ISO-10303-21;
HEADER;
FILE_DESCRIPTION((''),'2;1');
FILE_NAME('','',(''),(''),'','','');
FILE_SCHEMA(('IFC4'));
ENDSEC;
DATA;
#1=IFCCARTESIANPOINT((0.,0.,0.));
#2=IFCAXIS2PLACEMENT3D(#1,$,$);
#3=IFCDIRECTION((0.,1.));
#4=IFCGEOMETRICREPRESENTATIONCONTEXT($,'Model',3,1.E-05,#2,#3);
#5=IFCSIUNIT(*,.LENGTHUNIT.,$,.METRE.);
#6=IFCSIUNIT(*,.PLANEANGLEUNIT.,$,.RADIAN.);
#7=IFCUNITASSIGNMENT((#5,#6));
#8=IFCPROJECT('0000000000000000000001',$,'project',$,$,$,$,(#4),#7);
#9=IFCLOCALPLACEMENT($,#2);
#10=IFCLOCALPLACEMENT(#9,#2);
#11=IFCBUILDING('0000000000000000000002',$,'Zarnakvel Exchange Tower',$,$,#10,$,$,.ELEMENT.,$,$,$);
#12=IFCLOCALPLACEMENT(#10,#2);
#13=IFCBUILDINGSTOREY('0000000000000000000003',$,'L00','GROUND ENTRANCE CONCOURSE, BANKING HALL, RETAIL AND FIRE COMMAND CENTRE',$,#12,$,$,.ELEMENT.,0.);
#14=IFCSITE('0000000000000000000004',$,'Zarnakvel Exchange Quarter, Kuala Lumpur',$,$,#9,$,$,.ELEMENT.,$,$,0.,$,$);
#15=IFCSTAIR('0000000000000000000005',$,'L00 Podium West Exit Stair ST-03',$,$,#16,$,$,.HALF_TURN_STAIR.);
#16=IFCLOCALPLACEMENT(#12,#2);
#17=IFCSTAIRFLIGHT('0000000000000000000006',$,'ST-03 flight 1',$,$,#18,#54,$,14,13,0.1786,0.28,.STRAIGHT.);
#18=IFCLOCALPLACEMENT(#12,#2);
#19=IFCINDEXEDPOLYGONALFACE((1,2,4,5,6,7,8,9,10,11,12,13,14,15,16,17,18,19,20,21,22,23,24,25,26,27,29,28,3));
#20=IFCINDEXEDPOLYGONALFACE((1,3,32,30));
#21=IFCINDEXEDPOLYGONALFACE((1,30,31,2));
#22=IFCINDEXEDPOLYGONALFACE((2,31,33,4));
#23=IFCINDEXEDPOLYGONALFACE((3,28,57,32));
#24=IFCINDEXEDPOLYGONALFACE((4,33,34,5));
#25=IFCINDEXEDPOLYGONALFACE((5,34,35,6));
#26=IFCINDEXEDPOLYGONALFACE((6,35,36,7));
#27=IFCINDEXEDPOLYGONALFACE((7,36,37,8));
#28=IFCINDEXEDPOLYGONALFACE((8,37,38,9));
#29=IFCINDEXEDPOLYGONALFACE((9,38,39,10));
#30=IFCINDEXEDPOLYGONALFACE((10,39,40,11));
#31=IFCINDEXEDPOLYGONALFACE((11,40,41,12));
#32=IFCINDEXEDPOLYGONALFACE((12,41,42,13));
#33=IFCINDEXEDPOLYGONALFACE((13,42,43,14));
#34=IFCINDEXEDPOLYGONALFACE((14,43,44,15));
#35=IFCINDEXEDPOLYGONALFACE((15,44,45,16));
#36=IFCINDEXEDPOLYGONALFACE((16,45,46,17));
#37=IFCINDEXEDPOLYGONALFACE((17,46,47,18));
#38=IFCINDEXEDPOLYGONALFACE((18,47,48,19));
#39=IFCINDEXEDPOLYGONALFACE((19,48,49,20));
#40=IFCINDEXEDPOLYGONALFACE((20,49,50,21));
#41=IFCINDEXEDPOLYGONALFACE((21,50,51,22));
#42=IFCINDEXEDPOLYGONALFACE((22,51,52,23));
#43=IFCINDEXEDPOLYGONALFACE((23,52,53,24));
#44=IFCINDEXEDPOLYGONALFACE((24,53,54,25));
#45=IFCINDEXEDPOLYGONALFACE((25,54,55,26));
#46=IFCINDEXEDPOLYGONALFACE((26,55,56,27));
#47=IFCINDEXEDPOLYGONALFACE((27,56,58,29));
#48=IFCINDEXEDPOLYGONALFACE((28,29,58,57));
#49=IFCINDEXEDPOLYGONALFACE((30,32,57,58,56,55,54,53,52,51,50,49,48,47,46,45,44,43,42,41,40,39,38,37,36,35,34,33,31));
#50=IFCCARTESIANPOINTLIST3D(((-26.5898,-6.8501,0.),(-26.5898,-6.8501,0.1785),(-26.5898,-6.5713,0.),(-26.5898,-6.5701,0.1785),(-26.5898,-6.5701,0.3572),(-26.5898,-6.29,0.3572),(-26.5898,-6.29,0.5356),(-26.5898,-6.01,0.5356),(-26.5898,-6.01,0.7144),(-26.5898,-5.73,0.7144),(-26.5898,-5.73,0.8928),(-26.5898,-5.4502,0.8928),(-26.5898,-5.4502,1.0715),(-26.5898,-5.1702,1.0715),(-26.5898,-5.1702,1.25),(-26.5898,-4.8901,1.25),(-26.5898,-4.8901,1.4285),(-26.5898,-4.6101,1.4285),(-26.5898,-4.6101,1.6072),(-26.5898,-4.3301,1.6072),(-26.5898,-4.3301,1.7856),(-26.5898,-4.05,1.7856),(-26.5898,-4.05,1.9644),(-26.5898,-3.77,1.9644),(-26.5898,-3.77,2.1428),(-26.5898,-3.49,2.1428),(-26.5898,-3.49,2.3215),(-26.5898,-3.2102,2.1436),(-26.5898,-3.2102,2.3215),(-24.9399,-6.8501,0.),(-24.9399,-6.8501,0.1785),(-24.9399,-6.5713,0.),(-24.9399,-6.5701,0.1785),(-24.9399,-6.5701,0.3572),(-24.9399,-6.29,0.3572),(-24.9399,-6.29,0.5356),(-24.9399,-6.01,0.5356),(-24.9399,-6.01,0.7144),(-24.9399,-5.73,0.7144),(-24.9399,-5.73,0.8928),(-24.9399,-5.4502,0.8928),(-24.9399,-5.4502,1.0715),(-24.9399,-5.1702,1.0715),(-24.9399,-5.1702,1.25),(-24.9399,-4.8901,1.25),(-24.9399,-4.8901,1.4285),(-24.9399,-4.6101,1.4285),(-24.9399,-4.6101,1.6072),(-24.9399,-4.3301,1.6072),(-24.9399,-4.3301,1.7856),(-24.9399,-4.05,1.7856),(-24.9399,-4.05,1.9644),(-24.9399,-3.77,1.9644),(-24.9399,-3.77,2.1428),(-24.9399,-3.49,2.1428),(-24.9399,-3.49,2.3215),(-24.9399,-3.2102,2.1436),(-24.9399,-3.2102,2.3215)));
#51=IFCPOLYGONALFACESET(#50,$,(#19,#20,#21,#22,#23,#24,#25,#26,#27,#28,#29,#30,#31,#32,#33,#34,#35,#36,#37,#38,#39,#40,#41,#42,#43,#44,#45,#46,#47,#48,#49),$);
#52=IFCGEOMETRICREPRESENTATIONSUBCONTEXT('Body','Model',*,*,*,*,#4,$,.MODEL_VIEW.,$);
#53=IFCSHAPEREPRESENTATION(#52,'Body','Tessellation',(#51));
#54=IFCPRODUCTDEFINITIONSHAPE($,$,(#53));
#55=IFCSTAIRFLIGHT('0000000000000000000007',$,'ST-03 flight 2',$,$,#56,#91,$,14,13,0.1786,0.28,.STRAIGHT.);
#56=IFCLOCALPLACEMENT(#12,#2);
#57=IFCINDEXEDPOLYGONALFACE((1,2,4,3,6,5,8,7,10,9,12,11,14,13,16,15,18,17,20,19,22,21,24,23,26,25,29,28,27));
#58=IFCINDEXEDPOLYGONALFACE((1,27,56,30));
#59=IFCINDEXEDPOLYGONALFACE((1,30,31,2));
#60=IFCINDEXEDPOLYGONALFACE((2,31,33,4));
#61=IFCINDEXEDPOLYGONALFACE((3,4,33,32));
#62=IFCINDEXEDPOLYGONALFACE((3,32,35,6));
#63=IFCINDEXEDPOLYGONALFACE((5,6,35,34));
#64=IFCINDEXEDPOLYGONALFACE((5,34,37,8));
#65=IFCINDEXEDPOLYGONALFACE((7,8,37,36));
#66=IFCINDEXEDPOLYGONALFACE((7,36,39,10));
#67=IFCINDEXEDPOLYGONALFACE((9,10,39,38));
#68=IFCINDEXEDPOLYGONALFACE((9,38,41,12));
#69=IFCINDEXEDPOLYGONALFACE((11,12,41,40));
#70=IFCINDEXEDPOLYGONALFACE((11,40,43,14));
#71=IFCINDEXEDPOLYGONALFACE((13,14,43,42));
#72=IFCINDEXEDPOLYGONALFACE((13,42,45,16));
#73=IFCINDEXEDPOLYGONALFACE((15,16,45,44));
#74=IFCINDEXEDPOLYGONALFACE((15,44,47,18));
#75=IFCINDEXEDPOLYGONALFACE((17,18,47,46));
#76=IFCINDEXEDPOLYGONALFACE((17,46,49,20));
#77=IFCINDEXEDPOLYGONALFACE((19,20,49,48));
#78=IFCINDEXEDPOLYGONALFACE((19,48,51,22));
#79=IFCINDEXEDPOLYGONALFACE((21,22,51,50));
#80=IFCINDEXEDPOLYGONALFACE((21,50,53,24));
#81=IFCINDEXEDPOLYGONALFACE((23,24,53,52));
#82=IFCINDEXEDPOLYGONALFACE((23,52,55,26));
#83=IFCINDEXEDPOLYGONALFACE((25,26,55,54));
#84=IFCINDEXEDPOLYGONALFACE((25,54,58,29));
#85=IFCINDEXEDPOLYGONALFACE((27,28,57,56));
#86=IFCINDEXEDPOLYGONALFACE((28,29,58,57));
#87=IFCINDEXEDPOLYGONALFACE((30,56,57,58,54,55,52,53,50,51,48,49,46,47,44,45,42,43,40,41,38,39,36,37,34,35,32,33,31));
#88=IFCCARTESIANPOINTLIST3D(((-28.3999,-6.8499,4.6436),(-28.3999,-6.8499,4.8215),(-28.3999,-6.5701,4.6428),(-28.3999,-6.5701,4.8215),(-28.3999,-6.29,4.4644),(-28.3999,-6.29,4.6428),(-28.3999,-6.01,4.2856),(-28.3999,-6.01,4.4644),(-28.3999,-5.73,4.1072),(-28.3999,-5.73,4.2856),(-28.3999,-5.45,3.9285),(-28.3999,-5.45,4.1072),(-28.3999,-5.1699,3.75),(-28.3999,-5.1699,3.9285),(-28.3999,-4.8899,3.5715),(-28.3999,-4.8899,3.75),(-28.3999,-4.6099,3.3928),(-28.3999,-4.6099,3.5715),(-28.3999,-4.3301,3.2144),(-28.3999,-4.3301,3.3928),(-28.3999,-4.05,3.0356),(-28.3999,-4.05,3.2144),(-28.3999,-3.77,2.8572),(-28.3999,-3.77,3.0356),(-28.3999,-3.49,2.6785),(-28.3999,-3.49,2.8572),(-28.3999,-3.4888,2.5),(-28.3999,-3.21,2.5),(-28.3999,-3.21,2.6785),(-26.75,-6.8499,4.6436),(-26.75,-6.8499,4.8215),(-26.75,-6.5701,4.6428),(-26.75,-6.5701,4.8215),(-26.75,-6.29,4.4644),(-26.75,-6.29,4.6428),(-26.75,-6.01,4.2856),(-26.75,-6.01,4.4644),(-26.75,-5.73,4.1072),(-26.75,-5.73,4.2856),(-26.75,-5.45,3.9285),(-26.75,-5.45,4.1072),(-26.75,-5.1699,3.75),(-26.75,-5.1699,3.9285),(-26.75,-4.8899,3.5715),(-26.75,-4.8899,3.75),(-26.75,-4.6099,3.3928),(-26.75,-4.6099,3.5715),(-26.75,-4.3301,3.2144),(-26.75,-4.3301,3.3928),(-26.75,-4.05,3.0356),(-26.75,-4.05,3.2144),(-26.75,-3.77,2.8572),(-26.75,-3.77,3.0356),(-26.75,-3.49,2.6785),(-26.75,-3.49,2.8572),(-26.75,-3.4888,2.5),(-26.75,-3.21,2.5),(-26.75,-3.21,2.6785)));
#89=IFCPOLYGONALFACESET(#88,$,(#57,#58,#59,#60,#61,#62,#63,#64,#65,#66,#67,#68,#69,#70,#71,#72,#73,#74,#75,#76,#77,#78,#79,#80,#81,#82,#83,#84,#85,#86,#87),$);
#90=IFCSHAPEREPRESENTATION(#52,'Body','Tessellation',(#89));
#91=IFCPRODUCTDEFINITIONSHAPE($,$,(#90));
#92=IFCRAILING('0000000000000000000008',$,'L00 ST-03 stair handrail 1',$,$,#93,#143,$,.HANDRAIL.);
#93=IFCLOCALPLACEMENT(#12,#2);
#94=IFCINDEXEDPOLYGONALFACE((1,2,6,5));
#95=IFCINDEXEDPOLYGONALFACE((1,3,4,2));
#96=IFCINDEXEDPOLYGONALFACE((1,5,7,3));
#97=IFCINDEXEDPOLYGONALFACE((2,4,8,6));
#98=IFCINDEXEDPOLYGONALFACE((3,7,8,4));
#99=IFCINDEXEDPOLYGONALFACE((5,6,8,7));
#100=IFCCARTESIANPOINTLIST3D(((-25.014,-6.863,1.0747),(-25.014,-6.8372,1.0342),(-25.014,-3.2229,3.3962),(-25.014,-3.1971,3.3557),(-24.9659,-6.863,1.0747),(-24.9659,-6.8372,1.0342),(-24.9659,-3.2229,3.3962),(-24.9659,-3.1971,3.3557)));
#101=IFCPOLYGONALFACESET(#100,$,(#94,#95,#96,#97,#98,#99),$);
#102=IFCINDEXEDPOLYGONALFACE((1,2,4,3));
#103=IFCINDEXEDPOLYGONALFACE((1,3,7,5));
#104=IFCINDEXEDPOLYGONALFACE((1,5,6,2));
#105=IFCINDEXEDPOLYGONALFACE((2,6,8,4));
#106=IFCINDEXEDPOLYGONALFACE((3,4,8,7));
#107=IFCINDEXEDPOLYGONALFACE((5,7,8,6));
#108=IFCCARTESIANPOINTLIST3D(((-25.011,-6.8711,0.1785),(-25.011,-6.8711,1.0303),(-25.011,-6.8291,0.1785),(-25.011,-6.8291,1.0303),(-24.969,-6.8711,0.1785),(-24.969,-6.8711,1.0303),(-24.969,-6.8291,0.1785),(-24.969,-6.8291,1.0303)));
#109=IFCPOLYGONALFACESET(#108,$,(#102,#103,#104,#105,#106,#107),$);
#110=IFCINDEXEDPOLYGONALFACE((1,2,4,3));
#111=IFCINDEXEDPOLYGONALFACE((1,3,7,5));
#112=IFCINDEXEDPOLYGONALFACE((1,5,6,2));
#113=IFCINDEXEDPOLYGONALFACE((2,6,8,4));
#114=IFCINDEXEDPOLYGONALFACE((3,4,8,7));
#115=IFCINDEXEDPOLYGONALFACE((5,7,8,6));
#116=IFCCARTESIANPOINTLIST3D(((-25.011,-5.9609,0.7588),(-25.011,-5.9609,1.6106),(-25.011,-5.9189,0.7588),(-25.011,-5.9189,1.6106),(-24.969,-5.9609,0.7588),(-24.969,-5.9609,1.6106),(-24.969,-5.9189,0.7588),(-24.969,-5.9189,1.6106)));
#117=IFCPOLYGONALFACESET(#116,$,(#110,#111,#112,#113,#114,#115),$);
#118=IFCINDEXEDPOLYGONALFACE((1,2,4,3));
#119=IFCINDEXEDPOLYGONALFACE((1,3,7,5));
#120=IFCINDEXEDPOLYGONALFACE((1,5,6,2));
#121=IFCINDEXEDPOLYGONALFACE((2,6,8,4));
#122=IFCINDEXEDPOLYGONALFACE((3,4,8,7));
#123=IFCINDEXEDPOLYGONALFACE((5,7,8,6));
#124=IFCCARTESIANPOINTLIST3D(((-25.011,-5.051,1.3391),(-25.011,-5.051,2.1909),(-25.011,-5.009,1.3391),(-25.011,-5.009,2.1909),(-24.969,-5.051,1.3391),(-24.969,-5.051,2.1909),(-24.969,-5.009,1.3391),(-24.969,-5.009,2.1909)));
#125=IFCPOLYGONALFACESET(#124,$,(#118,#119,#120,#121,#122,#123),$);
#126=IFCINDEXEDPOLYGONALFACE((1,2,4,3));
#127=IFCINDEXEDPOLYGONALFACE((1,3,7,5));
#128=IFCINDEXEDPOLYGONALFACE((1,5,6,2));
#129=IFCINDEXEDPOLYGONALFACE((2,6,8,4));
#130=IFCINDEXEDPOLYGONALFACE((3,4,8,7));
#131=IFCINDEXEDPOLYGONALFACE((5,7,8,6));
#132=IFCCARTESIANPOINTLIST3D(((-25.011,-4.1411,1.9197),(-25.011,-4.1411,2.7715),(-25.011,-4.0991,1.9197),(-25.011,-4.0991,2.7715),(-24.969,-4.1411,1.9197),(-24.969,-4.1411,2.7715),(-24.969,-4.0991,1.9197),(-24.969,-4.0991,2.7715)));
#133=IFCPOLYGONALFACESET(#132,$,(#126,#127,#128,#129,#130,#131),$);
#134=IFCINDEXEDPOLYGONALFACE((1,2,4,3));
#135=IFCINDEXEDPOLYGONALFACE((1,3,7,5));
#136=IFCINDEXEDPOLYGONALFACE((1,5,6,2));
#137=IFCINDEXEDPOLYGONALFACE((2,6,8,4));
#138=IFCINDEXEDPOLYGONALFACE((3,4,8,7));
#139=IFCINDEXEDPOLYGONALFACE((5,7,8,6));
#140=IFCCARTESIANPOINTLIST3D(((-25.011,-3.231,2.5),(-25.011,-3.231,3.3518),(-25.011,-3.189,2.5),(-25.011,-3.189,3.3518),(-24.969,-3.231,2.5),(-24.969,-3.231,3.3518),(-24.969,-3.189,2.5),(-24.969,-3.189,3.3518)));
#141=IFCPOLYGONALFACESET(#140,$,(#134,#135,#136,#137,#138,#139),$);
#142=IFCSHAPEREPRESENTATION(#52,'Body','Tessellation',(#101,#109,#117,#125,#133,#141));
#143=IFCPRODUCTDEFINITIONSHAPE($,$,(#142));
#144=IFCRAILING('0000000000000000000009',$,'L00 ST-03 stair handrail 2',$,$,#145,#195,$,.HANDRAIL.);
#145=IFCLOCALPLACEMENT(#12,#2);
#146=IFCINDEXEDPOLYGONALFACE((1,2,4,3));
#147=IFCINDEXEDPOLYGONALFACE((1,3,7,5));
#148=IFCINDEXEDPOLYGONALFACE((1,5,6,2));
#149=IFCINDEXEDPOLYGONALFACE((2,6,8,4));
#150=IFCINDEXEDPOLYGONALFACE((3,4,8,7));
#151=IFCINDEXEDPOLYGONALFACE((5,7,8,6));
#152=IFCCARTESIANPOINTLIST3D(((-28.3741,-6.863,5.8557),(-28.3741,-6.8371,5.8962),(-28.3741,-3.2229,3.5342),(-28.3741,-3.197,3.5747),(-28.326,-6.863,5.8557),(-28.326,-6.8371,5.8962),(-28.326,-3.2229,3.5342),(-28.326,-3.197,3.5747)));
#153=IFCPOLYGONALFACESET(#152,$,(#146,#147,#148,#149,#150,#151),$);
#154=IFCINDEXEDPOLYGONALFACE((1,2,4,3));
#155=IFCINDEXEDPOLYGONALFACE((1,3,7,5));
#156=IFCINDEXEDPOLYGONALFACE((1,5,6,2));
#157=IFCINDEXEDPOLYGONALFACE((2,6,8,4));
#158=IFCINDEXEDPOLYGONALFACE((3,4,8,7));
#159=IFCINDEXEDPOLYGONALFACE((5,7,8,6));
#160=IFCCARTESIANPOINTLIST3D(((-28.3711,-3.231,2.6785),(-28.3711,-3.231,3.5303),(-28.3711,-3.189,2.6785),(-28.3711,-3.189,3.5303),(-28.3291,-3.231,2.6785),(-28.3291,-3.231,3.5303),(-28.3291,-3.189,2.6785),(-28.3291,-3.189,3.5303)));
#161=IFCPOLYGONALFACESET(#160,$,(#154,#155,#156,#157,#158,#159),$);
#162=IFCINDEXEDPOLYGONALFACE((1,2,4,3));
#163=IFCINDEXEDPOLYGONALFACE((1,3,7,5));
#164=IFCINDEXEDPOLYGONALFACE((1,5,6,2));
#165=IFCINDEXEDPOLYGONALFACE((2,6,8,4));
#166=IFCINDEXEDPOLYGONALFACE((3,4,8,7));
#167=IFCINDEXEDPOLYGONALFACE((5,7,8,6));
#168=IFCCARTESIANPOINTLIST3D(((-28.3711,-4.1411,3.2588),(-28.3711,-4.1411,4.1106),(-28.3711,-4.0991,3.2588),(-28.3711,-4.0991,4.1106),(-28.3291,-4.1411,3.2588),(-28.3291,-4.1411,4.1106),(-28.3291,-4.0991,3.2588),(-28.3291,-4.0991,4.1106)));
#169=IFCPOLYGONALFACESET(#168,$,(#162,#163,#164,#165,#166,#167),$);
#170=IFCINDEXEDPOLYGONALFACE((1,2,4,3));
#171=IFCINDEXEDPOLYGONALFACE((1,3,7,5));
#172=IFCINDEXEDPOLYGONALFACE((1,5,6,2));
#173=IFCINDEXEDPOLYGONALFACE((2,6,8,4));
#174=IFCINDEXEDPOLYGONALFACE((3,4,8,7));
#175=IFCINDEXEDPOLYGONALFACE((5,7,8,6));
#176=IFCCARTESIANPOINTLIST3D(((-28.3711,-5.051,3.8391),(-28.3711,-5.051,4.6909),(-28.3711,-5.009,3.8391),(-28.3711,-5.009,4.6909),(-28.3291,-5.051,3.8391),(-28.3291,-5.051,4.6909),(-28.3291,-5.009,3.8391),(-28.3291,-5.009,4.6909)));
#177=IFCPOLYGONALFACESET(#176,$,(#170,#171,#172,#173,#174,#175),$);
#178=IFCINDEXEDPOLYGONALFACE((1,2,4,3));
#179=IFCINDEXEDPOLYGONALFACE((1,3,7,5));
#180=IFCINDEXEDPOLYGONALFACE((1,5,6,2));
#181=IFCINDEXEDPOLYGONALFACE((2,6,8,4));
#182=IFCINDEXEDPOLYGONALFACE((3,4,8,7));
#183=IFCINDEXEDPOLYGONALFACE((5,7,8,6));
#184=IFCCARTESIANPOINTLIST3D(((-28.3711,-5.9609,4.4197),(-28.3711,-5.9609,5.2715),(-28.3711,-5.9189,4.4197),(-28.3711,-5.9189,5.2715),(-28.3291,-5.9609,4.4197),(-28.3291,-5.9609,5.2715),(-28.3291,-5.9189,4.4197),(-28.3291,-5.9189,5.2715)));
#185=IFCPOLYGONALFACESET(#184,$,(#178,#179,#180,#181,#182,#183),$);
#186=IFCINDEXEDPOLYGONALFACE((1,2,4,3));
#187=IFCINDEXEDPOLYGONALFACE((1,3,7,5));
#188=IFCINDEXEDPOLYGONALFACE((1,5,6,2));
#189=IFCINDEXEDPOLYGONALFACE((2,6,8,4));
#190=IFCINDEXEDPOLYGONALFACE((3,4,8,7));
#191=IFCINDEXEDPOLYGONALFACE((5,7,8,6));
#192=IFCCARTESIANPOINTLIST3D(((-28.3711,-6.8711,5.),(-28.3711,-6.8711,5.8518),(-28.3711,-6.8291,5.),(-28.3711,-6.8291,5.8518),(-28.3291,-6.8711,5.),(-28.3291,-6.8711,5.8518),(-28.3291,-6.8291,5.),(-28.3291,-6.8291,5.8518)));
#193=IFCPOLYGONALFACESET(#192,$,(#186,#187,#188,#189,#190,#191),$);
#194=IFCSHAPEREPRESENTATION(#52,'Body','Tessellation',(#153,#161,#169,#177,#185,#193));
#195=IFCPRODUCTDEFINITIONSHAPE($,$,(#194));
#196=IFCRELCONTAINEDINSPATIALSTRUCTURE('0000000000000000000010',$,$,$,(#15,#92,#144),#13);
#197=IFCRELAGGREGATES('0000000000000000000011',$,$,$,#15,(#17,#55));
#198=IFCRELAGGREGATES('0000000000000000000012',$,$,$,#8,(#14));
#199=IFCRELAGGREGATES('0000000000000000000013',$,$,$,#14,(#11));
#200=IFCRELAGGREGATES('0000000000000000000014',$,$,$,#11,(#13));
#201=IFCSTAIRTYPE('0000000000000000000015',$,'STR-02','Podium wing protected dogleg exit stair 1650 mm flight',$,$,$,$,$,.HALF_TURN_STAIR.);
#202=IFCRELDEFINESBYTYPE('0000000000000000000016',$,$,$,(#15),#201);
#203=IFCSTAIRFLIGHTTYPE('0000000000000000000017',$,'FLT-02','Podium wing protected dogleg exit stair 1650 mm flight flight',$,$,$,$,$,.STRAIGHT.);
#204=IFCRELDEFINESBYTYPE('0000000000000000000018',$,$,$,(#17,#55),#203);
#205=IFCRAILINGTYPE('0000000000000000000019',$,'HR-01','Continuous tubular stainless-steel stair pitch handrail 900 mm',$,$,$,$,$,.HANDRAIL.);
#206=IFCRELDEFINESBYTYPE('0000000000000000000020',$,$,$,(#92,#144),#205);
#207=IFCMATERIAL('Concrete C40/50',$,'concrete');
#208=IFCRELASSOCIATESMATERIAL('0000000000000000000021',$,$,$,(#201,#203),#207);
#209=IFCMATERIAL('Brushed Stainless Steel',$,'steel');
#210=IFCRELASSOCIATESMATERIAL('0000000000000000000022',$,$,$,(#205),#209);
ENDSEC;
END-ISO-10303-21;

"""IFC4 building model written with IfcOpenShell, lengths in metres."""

from ifc_helpers import new_model, si_unit, direction, frame, origin, origin_2d, place, context, subcontext, project, spatial, polyline, rectangle, outline, extrude, material, type_object, element, aggregate, save


model = new_model("IFC4")

# Units and contexts
model_context = context("Model", 3, precision=1e-05, world=origin(), true_north=direction((0.0, 1.0)))
body_context = subcontext(model_context, "Body", "Model", "MODEL_VIEW")
ifc_project = project(units=[si_unit("LENGTHUNIT", "METRE"), si_unit("PLANEANGLEUNIT", "RADIAN")], contexts=[model_context])

# Site, building, storey
site_placement = place(None, origin())
site = spatial("IfcSite", under=ifc_project, at=site_placement, Name="Zarnakvel Exchange Quarter, Kuala Lumpur", CompositionType="ELEMENT", RefElevation=0.0)
building_placement = place(site_placement, origin())
building = spatial("IfcBuilding", under=site, at=building_placement, Name="Zarnakvel Exchange Tower", CompositionType="ELEMENT")
storey_placement = place(building_placement, origin())
storey = spatial("IfcBuildingStorey", under=building, at=storey_placement, Name="L00", Description="GROUND ENTRANCE CONCOURSE, BANKING HALL, RETAIL AND FIRE COMMAND CENTRE", CompositionType="ELEMENT", Elevation=0.0)

# Shared definitions
ifc_material_1 = material(Name="Concrete C40/50", Category="concrete")

# Stair, stair flights
stair_type = type_object("IfcStairType", Name="STR-02", Description="Podium wing protected dogleg exit stair 1650 mm flight", PredefinedType="HALF_TURN_STAIR", material=ifc_material_1)
stair_placement = place(storey_placement, origin())
stair = element("IfcStair", 1, at=stair_placement, inside=storey, type_object=stair_type, Name="L00 Podium West Exit Stair ST-03", PredefinedType="HALF_TURN_STAIR")
stair_flight_type = type_object("IfcStairFlightType", Name="FLT-02", Description="Podium wing protected dogleg exit stair 1650 mm flight flight", PredefinedType="STRAIGHT", material=ifc_material_1)
stair_flight_1_placement = place(storey_placement, frame((-25.7649, -6.8501, 0.0), z_axis=(0.0, 0.0, 1.0), x_axis=(0.0, 1.0, 0.0)))
stair_flight_1 = element("IfcStairFlight", 2, at=stair_flight_1_placement, type_object=stair_flight_type, Name="ST-03 flight 1", NumberOfRisers=14, NumberOfTreads=13, PredefinedType="STRAIGHT", RiserHeight=0.1786, TreadLength=0.28, context=body_context, shape_type="SweptSolid", body=[
    extrude(outline(polyline([(0.0, 0.0), (0.0, 0.1785), (0.28, 0.1785), (0.28, 0.3572), (0.5601, 0.3572), (0.5601, 0.5356), (0.8401, 0.5356), (0.8401, 0.7144), (1.1201, 0.7144), (1.1201, 0.8928), (1.3999, 0.8928), (1.3999, 1.0715), (1.6799, 1.0715), (1.6799, 1.25), (1.96, 1.25), (1.96, 1.4285), (2.24, 1.4285), (2.24, 1.6072), (2.52, 1.6072), (2.52, 1.7856), (2.8, 1.7856), (2.8, 1.9644), (3.0801, 1.9644), (3.0801, 2.1428), (3.3601, 2.1428), (3.3601, 2.3215), (3.6399, 2.3215), (3.6399, 2.5), (3.6399, 2.1436), (0.2788, 0.0), (0.0, 0.0)])), frame((0.0, 0.825, 0.0), z_axis=(0.0, -1.0, 0.0), x_axis=(1.0, 0.0, 0.0)), (0.0, 0.0, 1.0), 1.6499),
])
stair_flight_2_placement = place(storey_placement, frame((-27.575, -3.21, 2.5), z_axis=(0.0, 0.0, 1.0), x_axis=(0.0, -1.0, 0.0)))
stair_flight_2 = element("IfcStairFlight", 3, at=stair_flight_2_placement, type_object=stair_flight_type, Name="ST-03 flight 2", NumberOfRisers=14, NumberOfTreads=13, PredefinedType="STRAIGHT", RiserHeight=0.1786, TreadLength=0.28, context=body_context, shape_type="SweptSolid", body=[
    extrude(outline(polyline([(0.0, 0.0), (0.0, 0.1785), (0.28, 0.1785), (0.28, 0.3572), (0.5601, 0.3572), (0.5601, 0.5356), (0.8401, 0.5356), (0.8401, 0.7144), (1.1201, 0.7144), (1.1201, 0.8928), (1.3999, 0.8928), (1.3999, 1.0715), (1.6799, 1.0715), (1.6799, 1.25), (1.96, 1.25), (1.96, 1.4285), (2.24, 1.4285), (2.24, 1.6072), (2.52, 1.6072), (2.52, 1.7856), (2.8, 1.7856), (2.8, 1.9644), (3.0801, 1.9644), (3.0801, 2.1428), (3.3601, 2.1428), (3.3601, 2.3215), (3.6399, 2.3215), (3.6399, 2.5), (3.6399, 2.1436), (0.2788, 0.0), (0.0, 0.0)])), frame((0.0, 0.825, 0.0), z_axis=(0.0, -1.0, 0.0), x_axis=(1.0, 0.0, 0.0)), (0.0, 0.0, 1.0), 1.6499),
])
aggregate(stair, [stair_flight_1, stair_flight_2])

# Railings
ifc_material_2 = material(Name="Brushed Stainless Steel", Category="steel")
railing_type_1 = type_object("IfcRailingType", Name="HR-01", Description="Continuous tubular stainless-steel stair pitch handrail 900 mm", PredefinedType="HANDRAIL", material=ifc_material_2)
railing_1_placement = place(storey_placement, frame((-24.99, -6.8501, 0.1785)))
element("IfcRailing", 4, at=railing_1_placement, inside=storey, type_object=railing_type_1, Name="L00 ST-03 stair handrail 1", PredefinedType="HANDRAIL", context=body_context, shape_type="SweptSolid", body=[
    extrude(rectangle(XDim=0.0481, YDim=0.0481, at=origin_2d()), frame((0.0, 0.0, 0.876), z_axis=(0.0, 0.843128, 0.537713), x_axis=(-1.0, 0.0, 0.0)), (0.0, 0.0, 1.0), 4.3174),
    extrude(rectangle(XDim=0.042, YDim=0.042, at=origin_2d()), origin(), (0.0, 0.0, 1.0), 0.8518),
    extrude(rectangle(XDim=0.042, YDim=0.042, at=origin_2d()), frame((0.0, 0.9102, 0.5803)), (0.0, 0.0, 1.0), 0.8518),
    extrude(rectangle(XDim=0.042, YDim=0.042, at=origin_2d()), frame((0.0, 1.8201, 1.1606)), (0.0, 0.0, 1.0), 0.8518),
    extrude(rectangle(XDim=0.042, YDim=0.042, at=origin_2d()), frame((0.0, 2.73, 1.7412)), (0.0, 0.0, 1.0), 0.8518),
    extrude(rectangle(XDim=0.042, YDim=0.042, at=origin_2d()), frame((0.0, 3.6401, 2.3215)), (0.0, 0.0, 1.0), 0.8518),
])
railing_2_placement = place(storey_placement, frame((-28.3501, -3.21, 2.6785)))
element("IfcRailing", 5, at=railing_2_placement, inside=storey, type_object=railing_type_1, Name="L00 ST-03 stair handrail 2", PredefinedType="HANDRAIL", context=body_context, shape_type="SweptSolid", body=[
    extrude(rectangle(XDim=0.0481, YDim=0.0481, at=origin_2d()), frame((0.0, 0.0, 0.876), z_axis=(0.0, -0.843128, 0.537713), x_axis=(1.0, 0.0, 0.0)), (0.0, 0.0, 1.0), 4.3174),
    extrude(rectangle(XDim=0.042, YDim=0.042, at=origin_2d()), origin(), (0.0, 0.0, 1.0), 0.8518),
    extrude(rectangle(XDim=0.042, YDim=0.042, at=origin_2d()), frame((0.0, -0.9102, 0.5803)), (0.0, 0.0, 1.0), 0.8518),
    extrude(rectangle(XDim=0.042, YDim=0.042, at=origin_2d()), frame((0.0, -1.8201, 1.1606)), (0.0, 0.0, 1.0), 0.8518),
    extrude(rectangle(XDim=0.042, YDim=0.042, at=origin_2d()), frame((0.0, -2.73, 1.7412)), (0.0, 0.0, 1.0), 0.8518),
    extrude(rectangle(XDim=0.042, YDim=0.042, at=origin_2d()), frame((0.0, -3.6401, 2.3215)), (0.0, 0.0, 1.0), 0.8518),
])

save(model, "model.ifc")
